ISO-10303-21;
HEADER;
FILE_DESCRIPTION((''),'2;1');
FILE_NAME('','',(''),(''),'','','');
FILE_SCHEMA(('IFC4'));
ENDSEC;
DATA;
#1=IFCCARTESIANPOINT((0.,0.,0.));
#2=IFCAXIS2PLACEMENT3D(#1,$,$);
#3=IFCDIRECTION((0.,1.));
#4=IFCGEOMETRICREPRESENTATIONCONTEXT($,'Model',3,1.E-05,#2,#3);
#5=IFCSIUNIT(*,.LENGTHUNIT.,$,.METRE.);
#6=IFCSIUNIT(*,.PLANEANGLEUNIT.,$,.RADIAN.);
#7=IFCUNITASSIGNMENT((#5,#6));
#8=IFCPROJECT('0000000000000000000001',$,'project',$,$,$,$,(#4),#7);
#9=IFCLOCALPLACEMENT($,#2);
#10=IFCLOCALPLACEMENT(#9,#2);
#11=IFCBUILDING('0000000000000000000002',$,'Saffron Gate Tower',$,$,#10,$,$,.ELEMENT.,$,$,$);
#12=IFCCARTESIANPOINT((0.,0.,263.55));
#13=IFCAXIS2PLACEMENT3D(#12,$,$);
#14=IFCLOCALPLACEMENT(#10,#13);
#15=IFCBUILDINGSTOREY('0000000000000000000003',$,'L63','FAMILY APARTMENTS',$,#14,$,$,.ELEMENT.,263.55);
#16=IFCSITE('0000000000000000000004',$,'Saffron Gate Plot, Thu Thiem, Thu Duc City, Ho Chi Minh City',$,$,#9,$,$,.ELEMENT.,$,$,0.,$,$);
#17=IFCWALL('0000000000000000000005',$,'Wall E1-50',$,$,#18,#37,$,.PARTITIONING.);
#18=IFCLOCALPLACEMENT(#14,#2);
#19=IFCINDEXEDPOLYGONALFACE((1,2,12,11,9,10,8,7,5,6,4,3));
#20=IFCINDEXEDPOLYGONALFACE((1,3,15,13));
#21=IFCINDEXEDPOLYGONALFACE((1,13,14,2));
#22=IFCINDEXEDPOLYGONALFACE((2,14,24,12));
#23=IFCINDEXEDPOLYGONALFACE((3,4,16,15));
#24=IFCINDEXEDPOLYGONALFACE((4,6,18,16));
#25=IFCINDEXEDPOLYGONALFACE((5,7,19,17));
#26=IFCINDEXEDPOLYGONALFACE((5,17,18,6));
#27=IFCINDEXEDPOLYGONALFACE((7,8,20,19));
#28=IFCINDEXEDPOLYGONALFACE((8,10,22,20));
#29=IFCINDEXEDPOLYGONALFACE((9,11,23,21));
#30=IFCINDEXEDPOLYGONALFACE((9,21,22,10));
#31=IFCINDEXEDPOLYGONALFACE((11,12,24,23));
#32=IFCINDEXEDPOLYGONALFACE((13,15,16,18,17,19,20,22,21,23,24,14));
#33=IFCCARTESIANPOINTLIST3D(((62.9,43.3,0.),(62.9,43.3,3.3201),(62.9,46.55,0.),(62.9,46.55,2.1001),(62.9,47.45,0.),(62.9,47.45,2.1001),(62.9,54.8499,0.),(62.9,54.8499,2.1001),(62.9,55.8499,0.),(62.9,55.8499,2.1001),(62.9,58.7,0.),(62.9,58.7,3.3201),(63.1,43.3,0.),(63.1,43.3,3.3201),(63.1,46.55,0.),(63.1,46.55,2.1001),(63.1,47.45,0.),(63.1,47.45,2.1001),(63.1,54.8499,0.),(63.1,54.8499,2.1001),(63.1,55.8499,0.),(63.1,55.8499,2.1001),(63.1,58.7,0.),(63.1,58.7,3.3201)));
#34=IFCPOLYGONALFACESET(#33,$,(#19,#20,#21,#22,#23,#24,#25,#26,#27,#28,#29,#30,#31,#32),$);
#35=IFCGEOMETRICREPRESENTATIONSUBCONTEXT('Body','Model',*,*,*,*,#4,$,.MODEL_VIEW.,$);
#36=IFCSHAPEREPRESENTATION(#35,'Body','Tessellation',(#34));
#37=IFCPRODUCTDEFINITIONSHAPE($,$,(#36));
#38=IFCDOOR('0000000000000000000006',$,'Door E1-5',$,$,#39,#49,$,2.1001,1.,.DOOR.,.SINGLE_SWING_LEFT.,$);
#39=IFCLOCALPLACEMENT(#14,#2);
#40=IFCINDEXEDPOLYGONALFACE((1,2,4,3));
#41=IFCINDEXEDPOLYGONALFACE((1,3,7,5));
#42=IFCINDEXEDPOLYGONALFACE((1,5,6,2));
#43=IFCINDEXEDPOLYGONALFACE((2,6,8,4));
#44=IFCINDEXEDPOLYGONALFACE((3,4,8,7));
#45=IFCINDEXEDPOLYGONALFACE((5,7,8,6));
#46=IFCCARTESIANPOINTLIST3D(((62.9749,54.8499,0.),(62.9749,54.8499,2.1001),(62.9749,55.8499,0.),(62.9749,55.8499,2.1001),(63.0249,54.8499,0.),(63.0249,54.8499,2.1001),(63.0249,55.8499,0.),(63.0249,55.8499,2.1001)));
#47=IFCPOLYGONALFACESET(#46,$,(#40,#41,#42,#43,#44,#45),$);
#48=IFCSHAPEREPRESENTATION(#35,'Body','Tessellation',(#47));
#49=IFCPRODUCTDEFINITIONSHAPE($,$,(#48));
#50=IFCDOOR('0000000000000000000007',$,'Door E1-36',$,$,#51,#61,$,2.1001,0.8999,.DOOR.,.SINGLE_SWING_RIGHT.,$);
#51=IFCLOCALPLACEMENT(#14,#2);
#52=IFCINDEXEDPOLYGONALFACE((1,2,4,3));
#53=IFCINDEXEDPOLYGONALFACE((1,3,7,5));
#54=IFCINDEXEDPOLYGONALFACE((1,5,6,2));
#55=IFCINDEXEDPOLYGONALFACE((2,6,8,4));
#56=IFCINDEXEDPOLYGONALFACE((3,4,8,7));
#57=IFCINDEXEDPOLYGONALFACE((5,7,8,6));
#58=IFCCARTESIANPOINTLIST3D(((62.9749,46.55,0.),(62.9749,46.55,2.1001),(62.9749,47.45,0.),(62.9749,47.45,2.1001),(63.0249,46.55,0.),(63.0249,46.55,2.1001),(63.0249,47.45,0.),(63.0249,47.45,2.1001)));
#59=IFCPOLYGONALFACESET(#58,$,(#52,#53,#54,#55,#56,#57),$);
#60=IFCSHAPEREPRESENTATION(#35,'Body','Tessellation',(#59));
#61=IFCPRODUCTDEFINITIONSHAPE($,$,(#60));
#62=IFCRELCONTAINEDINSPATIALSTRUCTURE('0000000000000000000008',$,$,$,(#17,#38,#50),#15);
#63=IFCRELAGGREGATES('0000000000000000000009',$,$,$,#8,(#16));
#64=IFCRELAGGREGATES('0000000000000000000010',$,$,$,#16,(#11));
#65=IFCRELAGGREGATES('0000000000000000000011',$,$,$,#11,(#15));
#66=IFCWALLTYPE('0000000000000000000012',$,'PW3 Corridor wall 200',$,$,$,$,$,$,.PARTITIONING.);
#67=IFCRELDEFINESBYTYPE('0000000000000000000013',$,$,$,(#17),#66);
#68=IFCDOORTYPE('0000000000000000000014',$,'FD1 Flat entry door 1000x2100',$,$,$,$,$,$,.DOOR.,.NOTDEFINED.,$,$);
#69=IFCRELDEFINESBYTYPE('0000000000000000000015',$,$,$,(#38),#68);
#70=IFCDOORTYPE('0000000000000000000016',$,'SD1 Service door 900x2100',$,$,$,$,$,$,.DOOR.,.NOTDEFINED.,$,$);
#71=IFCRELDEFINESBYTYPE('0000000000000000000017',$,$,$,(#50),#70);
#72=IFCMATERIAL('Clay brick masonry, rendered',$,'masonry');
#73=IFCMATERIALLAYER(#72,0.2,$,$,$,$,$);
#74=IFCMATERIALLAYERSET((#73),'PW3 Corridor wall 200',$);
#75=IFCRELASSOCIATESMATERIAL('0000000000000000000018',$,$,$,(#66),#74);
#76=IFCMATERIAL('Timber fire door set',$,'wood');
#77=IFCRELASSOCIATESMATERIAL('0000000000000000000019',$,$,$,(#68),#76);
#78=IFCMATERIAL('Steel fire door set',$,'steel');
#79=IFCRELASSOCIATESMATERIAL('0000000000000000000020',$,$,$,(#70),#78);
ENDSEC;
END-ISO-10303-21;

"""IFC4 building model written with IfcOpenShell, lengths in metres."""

from ifc_helpers import new_model, si_unit, direction, frame, frame_2d, origin, place, context, subcontext, project, spatial, rectangle, extrude, material, layer, layer_set, type_object, element, fill, save


model = new_model("IFC4")

# Units and contexts
model_context = context("Model", 3, precision=1e-05, world=origin(), true_north=direction((0.0, 1.0)))
body_context = subcontext(model_context, "Body", "Model", "MODEL_VIEW")
ifc_project = project(units=[si_unit("LENGTHUNIT", "METRE"), si_unit("PLANEANGLEUNIT", "RADIAN")], contexts=[model_context])

# Site, building, storey
site_placement = place(None, origin())
site = spatial("IfcSite", under=ifc_project, at=site_placement, Name="Saffron Gate Plot, Thu Thiem, Thu Duc City, Ho Chi Minh City", CompositionType="ELEMENT", RefElevation=0.0)
building_placement = place(site_placement, origin())
building = spatial("IfcBuilding", under=site, at=building_placement, Name="Saffron Gate Tower", CompositionType="ELEMENT")
storey_placement = place(building_placement, frame((0.0, 0.0, 263.55)))
storey = spatial("IfcBuildingStorey", under=building, at=storey_placement, Name="L63", Description="FAMILY APARTMENTS", CompositionType="ELEMENT", Elevation=263.55)

# Shared definitions
ifc_material_1 = material(Name="Clay brick masonry, rendered", Category="masonry")
ifc_layer_1 = layer(ifc_material_1, 0.2)
ifc_layer_set_1 = layer_set([ifc_layer_1], Name="PW3 Corridor wall 200")
wall_type_1 = type_object("IfcWallType", Name="PW3 Corridor wall 200", PredefinedType="PARTITIONING", material=ifc_layer_set_1)

# Wall, openings, doors
wall_1_placement = place(storey_placement, frame((63.0, 58.7, 0.0), z_axis=(0.0, 0.0, 1.0), x_axis=(0.0, -1.0, 0.0)))
wall_1 = element("IfcWall", 1, at=wall_1_placement, inside=storey, type_object=wall_type_1, Name="Wall E1-50", PredefinedType="PARTITIONING", context=body_context, shape_type="SweptSolid", body=[
    extrude(rectangle(XDim=15.3999, YDim=0.2, at=frame_2d((7.7, 0.0))), origin(), (0.0, 0.0, 1.0), 3.3201),
])
opening_1_placement = place(wall_1_placement, frame((2.8501, 0.0, 0.0)))
opening_1 = element("IfcOpeningElement", 2, at=opening_1_placement, cuts=wall_1, PredefinedType="OPENING", context=body_context, shape_type="SweptSolid", body=[
    extrude(rectangle(XDim=1.0, YDim=2.1001, at=frame_2d((0.5, 1.05))), frame((0.0, 0.1099, 0.0), z_axis=(0.0, -1.0, 0.0), x_axis=(1.0, 0.0, 0.0)), (0.0, 0.0, 1.0), 0.22),
])
opening_2_placement = place(wall_1_placement, frame((11.25, 0.0, 0.0)))
opening_2 = element("IfcOpeningElement", 3, at=opening_2_placement, cuts=wall_1, PredefinedType="OPENING", context=body_context, shape_type="SweptSolid", body=[
    extrude(rectangle(XDim=0.8999, YDim=2.1001, at=frame_2d((0.45, 1.05))), frame((0.0, 0.1099, 0.0), z_axis=(0.0, -1.0, 0.0), x_axis=(1.0, 0.0, 0.0)), (0.0, 0.0, 1.0), 0.22),
])
ifc_material_2 = material(Name="Timber fire door set", Category="wood")
door_type_1 = type_object("IfcDoorType", Name="FD1 Flat entry door 1000x2100", OperationType="NOTDEFINED", PredefinedType="DOOR", material=ifc_material_2)
door_1_placement = place(opening_1_placement, origin())
door_1 = element("IfcDoor", 4, at=door_1_placement, inside=storey, type_object=door_type_1, Name="Door E1-5", OperationType="SINGLE_SWING_LEFT", OverallHeight=2.1001, OverallWidth=1.0, PredefinedType="DOOR", context=body_context, shape_type="SweptSolid", body=[
    extrude(rectangle(XDim=1.0, YDim=2.1001, at=frame_2d((0.5, 1.05))), frame((0.0, 0.0249, 0.0), z_axis=(0.0, -1.0, 0.0), x_axis=(1.0, 0.0, 0.0)), (0.0, 0.0, 1.0), 0.05),
])
fill(opening_1, door_1)
ifc_material_3 = material(Name="Steel fire door set", Category="steel")
door_type_2 = type_object("IfcDoorType", Name="SD1 Service door 900x2100", OperationType="NOTDEFINED", PredefinedType="DOOR", material=ifc_material_3)
door_2_placement = place(opening_2_placement, origin())
door_2 = element("IfcDoor", 5, at=door_2_placement, inside=storey, type_object=door_type_2, Name="Door E1-36", OperationType="SINGLE_SWING_RIGHT", OverallHeight=2.1001, OverallWidth=0.8999, PredefinedType="DOOR", context=body_context, shape_type="SweptSolid", body=[
    extrude(rectangle(XDim=0.8999, YDim=2.1001, at=frame_2d((0.45, 1.05))), frame((0.0, 0.0249, 0.0), z_axis=(0.0, -1.0, 0.0), x_axis=(1.0, 0.0, 0.0)), (0.0, 0.0, 1.0), 0.05),
])
fill(opening_2, door_2)

save(model, "model.ifc")
